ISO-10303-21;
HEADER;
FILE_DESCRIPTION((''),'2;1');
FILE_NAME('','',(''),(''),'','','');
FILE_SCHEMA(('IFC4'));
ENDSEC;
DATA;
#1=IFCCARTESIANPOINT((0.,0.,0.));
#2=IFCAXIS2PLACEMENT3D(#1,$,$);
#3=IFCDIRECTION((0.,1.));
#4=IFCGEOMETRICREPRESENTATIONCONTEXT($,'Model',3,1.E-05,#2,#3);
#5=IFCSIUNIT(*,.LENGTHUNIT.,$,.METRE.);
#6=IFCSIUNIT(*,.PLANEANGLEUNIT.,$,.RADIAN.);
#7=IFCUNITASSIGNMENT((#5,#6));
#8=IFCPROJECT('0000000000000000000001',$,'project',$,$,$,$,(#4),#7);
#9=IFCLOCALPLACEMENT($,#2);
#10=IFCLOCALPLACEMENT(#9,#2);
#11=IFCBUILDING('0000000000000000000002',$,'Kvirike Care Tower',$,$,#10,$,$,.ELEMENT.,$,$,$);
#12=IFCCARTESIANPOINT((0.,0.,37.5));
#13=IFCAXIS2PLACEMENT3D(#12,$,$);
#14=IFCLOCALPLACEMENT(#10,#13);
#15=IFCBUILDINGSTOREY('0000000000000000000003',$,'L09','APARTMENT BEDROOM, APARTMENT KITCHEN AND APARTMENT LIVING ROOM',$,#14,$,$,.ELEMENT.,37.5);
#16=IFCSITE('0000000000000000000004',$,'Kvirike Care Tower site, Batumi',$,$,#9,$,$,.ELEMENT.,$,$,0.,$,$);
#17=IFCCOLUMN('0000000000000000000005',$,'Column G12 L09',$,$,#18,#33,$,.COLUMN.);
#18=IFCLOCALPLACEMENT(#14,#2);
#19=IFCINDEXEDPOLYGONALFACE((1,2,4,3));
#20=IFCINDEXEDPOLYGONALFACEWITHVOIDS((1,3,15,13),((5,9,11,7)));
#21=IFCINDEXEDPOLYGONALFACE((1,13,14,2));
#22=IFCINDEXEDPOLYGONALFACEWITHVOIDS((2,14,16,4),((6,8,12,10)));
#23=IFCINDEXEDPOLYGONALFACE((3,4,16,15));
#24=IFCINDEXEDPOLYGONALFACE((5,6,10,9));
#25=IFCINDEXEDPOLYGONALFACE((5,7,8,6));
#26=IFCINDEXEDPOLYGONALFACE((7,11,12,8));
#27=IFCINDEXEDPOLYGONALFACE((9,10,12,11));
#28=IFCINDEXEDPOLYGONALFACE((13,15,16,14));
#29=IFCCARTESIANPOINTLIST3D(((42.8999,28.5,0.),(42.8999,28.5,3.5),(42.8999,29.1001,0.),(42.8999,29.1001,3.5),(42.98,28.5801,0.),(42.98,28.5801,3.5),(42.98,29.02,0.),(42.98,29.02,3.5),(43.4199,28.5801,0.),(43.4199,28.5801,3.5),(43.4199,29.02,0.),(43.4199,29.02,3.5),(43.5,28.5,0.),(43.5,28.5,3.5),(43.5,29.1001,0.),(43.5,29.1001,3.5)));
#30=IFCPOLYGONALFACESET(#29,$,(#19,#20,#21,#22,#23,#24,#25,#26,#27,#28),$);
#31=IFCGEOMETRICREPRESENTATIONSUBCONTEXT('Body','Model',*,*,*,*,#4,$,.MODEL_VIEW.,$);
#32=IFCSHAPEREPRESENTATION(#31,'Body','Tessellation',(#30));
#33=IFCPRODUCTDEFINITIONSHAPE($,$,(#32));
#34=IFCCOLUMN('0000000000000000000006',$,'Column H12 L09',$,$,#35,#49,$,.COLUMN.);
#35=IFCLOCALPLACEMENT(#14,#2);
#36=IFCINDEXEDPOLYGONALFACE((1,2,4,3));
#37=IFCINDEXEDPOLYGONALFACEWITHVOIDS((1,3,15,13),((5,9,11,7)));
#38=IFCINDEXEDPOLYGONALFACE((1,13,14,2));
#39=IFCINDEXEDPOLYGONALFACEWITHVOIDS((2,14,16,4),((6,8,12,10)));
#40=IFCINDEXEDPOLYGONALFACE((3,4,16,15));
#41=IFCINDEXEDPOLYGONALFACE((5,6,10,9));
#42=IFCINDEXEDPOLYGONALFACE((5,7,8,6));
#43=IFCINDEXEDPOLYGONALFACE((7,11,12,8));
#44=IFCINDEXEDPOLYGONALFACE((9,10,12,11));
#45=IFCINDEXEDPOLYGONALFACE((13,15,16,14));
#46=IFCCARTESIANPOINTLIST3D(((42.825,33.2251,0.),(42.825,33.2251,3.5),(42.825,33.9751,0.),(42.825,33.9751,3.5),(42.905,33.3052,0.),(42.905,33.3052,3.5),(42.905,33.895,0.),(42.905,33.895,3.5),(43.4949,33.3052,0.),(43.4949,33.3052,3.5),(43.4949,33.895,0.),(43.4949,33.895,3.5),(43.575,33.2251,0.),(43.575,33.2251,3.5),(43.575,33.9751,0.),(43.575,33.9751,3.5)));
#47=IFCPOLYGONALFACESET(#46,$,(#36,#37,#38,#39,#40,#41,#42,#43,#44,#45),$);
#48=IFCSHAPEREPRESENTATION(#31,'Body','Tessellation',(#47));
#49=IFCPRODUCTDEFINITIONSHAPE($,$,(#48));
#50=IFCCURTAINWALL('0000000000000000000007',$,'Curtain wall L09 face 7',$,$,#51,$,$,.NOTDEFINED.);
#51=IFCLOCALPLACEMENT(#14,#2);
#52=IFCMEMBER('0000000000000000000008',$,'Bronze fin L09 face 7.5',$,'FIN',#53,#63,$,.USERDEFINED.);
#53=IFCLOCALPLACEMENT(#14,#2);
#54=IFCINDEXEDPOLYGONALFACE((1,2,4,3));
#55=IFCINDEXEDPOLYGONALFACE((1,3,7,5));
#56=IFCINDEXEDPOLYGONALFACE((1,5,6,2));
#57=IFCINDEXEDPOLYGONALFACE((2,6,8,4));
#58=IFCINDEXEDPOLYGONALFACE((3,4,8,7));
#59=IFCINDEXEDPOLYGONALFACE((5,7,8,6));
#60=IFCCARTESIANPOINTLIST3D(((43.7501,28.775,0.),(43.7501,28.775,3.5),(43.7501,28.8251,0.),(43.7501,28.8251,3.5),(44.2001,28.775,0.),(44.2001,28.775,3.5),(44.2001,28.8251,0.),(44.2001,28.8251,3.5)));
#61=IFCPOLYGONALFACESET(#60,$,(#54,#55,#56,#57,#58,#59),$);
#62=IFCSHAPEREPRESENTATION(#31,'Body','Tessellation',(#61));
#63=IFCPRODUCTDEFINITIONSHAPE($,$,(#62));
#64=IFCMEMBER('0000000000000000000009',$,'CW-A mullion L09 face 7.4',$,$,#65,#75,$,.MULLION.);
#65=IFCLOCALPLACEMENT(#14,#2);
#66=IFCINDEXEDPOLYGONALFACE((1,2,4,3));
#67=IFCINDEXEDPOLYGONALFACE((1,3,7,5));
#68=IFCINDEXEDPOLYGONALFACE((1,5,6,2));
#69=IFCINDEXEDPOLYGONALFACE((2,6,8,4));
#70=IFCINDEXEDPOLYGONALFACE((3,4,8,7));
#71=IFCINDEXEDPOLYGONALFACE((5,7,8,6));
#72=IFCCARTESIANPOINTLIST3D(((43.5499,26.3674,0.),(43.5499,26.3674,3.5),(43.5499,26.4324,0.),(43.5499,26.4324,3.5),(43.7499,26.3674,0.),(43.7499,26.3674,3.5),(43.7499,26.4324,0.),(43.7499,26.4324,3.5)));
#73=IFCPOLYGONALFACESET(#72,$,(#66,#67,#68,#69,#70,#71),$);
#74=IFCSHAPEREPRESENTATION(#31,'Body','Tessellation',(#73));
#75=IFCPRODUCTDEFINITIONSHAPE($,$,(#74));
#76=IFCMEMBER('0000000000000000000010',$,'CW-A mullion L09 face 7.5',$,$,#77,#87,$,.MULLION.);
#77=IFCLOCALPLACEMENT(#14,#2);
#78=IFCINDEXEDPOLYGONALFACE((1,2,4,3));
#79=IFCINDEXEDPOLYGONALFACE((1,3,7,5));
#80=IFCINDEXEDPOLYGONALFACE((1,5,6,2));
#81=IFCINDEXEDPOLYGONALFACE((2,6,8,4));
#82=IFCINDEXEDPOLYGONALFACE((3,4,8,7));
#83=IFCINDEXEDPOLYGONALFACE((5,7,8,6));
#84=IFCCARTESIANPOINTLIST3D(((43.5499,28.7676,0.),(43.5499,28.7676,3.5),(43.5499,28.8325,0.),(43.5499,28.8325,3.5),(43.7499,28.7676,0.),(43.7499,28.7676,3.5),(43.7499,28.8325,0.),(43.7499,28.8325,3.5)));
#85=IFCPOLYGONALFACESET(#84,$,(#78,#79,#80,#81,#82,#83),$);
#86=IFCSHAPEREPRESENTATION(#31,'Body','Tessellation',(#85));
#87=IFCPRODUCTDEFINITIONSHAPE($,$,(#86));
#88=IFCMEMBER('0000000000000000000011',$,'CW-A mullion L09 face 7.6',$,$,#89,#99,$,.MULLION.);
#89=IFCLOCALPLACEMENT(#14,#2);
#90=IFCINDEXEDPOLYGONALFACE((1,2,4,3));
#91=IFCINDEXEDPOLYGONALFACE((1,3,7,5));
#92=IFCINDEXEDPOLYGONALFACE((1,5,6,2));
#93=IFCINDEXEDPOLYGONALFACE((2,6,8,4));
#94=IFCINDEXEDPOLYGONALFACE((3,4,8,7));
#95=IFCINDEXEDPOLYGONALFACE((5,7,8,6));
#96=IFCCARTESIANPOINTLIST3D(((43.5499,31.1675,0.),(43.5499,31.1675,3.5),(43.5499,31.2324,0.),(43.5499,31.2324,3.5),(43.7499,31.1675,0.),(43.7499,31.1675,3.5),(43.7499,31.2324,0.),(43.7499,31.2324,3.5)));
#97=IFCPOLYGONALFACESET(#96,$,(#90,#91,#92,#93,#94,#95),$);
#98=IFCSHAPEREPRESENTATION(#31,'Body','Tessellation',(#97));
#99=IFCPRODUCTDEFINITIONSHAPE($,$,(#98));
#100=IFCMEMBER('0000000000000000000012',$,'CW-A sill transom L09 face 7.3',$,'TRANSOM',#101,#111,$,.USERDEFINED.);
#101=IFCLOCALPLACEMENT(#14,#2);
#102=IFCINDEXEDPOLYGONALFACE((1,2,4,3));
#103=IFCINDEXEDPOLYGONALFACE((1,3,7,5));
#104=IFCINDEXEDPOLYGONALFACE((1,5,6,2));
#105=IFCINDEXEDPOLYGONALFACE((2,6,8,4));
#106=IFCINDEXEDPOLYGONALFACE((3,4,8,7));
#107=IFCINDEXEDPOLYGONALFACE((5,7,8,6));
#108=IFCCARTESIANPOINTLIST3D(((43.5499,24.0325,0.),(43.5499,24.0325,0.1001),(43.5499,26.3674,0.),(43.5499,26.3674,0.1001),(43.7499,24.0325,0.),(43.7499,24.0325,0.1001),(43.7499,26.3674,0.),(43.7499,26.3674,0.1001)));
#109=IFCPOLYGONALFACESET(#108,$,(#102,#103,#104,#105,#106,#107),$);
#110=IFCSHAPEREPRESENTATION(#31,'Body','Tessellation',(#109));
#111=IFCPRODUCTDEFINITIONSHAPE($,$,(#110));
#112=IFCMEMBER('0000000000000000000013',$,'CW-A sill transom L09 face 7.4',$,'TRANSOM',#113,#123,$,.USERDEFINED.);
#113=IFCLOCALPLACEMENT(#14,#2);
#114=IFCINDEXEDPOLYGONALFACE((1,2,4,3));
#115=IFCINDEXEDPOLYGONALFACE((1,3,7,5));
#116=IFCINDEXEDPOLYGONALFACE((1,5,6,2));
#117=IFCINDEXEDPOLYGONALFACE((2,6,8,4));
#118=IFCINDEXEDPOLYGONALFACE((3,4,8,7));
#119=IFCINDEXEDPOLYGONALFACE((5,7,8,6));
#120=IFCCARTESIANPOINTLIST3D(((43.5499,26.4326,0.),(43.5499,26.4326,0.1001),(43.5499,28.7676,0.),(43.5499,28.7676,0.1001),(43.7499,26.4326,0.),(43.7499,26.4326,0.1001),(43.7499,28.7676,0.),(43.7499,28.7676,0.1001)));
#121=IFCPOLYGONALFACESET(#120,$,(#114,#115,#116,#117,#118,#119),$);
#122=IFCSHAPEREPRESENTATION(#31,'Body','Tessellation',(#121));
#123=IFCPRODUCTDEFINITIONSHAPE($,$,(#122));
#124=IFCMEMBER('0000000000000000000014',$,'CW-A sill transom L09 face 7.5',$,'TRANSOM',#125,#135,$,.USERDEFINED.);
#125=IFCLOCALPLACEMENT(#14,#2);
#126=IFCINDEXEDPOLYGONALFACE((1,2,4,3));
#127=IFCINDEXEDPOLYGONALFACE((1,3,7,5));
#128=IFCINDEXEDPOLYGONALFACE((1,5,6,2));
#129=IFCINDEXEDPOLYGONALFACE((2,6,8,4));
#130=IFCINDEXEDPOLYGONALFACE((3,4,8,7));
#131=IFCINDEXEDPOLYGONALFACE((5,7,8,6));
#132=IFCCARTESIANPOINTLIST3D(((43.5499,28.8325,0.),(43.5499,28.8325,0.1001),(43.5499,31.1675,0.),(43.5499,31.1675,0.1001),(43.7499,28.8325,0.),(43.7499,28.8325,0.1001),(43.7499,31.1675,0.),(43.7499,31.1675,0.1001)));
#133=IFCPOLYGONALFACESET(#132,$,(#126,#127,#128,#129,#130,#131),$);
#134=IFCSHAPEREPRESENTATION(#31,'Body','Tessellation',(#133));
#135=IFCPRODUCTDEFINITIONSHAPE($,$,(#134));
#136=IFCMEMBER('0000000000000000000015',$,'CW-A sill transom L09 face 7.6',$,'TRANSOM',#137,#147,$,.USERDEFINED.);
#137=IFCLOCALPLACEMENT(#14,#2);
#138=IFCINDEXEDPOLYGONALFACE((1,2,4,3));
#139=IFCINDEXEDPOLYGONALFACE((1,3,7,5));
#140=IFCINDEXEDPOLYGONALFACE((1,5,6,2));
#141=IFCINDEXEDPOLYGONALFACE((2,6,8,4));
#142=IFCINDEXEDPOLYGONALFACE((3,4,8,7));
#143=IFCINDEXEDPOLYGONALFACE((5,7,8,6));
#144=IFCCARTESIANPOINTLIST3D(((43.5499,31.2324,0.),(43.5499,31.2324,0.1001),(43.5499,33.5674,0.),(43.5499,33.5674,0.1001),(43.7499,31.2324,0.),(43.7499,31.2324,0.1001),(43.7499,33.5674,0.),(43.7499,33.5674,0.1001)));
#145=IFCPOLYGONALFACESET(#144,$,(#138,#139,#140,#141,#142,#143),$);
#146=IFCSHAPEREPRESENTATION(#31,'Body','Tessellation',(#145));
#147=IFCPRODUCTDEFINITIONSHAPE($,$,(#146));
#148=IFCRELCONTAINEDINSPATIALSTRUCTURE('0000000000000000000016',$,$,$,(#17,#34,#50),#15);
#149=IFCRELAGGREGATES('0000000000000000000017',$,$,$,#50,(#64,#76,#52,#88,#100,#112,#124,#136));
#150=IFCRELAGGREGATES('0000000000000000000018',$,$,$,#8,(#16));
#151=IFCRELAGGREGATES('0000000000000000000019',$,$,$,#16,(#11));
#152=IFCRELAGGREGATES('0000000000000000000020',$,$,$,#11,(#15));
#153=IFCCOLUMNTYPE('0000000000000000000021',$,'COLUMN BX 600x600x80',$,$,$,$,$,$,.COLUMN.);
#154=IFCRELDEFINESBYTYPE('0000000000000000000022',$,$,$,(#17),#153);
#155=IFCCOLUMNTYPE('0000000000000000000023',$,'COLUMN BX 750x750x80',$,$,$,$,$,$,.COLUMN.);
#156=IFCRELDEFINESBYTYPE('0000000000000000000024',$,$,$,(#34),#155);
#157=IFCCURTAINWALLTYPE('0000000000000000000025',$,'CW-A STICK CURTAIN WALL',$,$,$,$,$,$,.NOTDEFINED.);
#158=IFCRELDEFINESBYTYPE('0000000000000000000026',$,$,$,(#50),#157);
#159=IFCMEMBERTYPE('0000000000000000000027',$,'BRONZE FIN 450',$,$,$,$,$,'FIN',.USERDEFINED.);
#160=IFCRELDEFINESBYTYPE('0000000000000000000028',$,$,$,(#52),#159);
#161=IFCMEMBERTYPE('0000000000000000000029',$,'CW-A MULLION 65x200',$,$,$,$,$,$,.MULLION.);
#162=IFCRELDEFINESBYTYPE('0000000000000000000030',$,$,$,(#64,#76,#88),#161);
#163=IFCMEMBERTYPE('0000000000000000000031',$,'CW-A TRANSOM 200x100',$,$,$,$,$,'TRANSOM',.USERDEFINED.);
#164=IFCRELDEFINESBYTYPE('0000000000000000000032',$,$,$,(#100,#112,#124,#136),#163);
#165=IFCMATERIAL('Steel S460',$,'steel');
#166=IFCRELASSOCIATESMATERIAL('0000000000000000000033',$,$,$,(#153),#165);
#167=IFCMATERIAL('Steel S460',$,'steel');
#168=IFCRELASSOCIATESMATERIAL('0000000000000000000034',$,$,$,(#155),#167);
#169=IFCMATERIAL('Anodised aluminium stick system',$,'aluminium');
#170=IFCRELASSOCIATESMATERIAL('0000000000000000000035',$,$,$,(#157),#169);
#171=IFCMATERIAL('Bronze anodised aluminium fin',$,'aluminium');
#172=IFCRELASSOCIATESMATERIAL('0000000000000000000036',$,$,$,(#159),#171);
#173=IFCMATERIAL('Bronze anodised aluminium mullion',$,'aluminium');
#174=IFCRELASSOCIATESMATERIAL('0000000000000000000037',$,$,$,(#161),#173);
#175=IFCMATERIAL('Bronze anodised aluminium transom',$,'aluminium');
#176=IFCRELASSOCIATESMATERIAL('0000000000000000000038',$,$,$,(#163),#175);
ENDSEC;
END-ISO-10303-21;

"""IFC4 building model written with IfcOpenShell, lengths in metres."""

from ifc_helpers import new_model, si_unit, direction, frame, origin, origin_2d, place, context, subcontext, project, spatial, rectangle, hollow_rectangle, extrude, material, material_profile, profile_set, type_object, element, aggregate, save


model = new_model("IFC4")

# Units and contexts
model_context = context("Model", 3, precision=1e-05, world=origin(), true_north=direction((0.0, 1.0)))
body_context = subcontext(model_context, "Body", "Model", "MODEL_VIEW")
ifc_project = project(units=[si_unit("LENGTHUNIT", "METRE"), si_unit("PLANEANGLEUNIT", "RADIAN")], contexts=[model_context])

# Site, building, storey
site_placement = place(None, origin())
site = spatial("IfcSite", under=ifc_project, at=site_placement, Name="Kvirike Care Tower site, Batumi", CompositionType="ELEMENT", RefElevation=0.0)
building_placement = place(site_placement, origin())
building = spatial("IfcBuilding", under=site, at=building_placement, Name="Kvirike Care Tower", CompositionType="ELEMENT")
storey_placement = place(building_placement, frame((0.0, 0.0, 37.5)))
storey = spatial("IfcBuildingStorey", under=building, at=storey_placement, Name="L09", Description="APARTMENT BEDROOM, APARTMENT KITCHEN AND APARTMENT LIVING ROOM", CompositionType="ELEMENT", Elevation=37.5)

# Columns
ifc_material_1 = material(Name="Steel S460", Category="steel")
ifc_material_profile_1 = material_profile(ifc_material_1, hollow_rectangle(XDim=0.6001, YDim=0.6001, WallThickness=0.0801, at=origin_2d()), Name="BX 600x600x80")
ifc_profile_set_1 = profile_set([ifc_material_profile_1], Name="Steel S460")
column_type_1 = type_object("IfcColumnType", Name="COLUMN BX 600x600x80", PredefinedType="COLUMN", material=ifc_profile_set_1)
column_1_placement = place(storey_placement, frame((43.2, 28.8, 0.0), z_axis=(0.0, 0.0, 1.0), x_axis=(0.0, 1.0, 0.0)))
element("IfcColumn", 1, at=column_1_placement, inside=storey, type_object=column_type_1, Name="Column G12 L09", PredefinedType="COLUMN", context=body_context, shape_type="SweptSolid", body=[
    extrude(hollow_rectangle(XDim=0.6001, YDim=0.6001, WallThickness=0.0801, at=origin_2d()), origin(), (0.0, 0.0, 1.0), 3.5),
])
ifc_material_2 = material(Name="Steel S460", Category="steel")
ifc_material_profile_2 = material_profile(ifc_material_2, hollow_rectangle(XDim=0.75, YDim=0.75, WallThickness=0.0801, at=origin_2d()), Name="BX 750x750x80")
ifc_profile_set_2 = profile_set([ifc_material_profile_2], Name="Steel S460")
column_type_2 = type_object("IfcColumnType", Name="COLUMN BX 750x750x80", PredefinedType="COLUMN", material=ifc_profile_set_2)
column_2_placement = place(storey_placement, frame((43.2, 33.6001, 0.0), z_axis=(0.0, 0.0, 1.0), x_axis=(1.0, 0.0, 0.0)))
element("IfcColumn", 2, at=column_2_placement, inside=storey, type_object=column_type_2, Name="Column H12 L09", PredefinedType="COLUMN", context=body_context, shape_type="SweptSolid", body=[
    extrude(hollow_rectangle(XDim=0.75, YDim=0.75, WallThickness=0.0801, at=origin_2d()), origin(), (0.0, 0.0, 1.0), 3.5),
])

# Curtain wall, members
ifc_material_3 = material(Name="Anodised aluminium stick system", Category="aluminium")
curtain_wall_type = type_object("IfcCurtainWallType", Name="CW-A STICK CURTAIN WALL", PredefinedType="NOTDEFINED", material=ifc_material_3)
curtain_wall_placement = place(storey_placement, origin())
curtain_wall = element("IfcCurtainWall", 3, at=curtain_wall_placement, inside=storey, type_object=curtain_wall_type, Name="Curtain wall L09 face 7", PredefinedType="NOTDEFINED")
ifc_material_4 = material(Name="Bronze anodised aluminium fin", Category="aluminium")
ifc_material_profile_3 = material_profile(ifc_material_4, rectangle(XDim=0.05, YDim=0.45, at=origin_2d()), Name="BRONZE FIN 450")
ifc_profile_set_3 = profile_set([ifc_material_profile_3], Name="Bronze anodised aluminium fin")
member_type_1 = type_object("IfcMemberType", Name="BRONZE FIN 450", ElementType="FIN", PredefinedType="USERDEFINED", material=ifc_profile_set_3)
member_1_placement = place(storey_placement, frame((43.9751, 28.8, 0.0), z_axis=(0.0, 0.0, 1.0), x_axis=(0.0, 1.0, 0.0)))
member_1 = element("IfcMember", 4, at=member_1_placement, type_object=member_type_1, Name="Bronze fin L09 face 7.5", ObjectType="FIN", PredefinedType="USERDEFINED", context=body_context, shape_type="SweptSolid", body=[
    extrude(rectangle(XDim=0.05, YDim=0.45, at=origin_2d()), origin(), (0.0, 0.0, 1.0), 3.5),
])
ifc_material_5 = material(Name="Bronze anodised aluminium mullion", Category="aluminium")
ifc_material_profile_4 = material_profile(ifc_material_5, rectangle(XDim=0.0649, YDim=0.2, at=origin_2d()), Name="CW-A MULLION 65x200")
ifc_profile_set_4 = profile_set([ifc_material_profile_4], Name="Bronze anodised aluminium mullion")
member_type_2 = type_object("IfcMemberType", Name="CW-A MULLION 65x200", PredefinedType="MULLION", material=ifc_profile_set_4)
member_2_placement = place(storey_placement, frame((43.6499, 26.3999, 0.0), z_axis=(0.0, 0.0, 1.0), x_axis=(0.0, 1.0, 0.0)))
member_2 = element("IfcMember", 5, at=member_2_placement, type_object=member_type_2, Name="CW-A mullion L09 face 7.4", PredefinedType="MULLION", context=body_context, shape_type="SweptSolid", body=[
    extrude(rectangle(XDim=0.0649, YDim=0.2, at=origin_2d()), origin(), (0.0, 0.0, 1.0), 3.5),
])
member_3_placement = place(storey_placement, frame((43.6499, 28.8, 0.0), z_axis=(0.0, 0.0, 1.0), x_axis=(0.0, 1.0, 0.0)))
member_3 = element("IfcMember", 6, at=member_3_placement, type_object=member_type_2, Name="CW-A mullion L09 face 7.5", PredefinedType="MULLION", context=body_context, shape_type="SweptSolid", body=[
    extrude(rectangle(XDim=0.0649, YDim=0.2, at=origin_2d()), origin(), (0.0, 0.0, 1.0), 3.5),
])
member_4_placement = place(storey_placement, frame((43.6499, 31.2, 0.0), z_axis=(0.0, 0.0, 1.0), x_axis=(0.0, 1.0, 0.0)))
member_4 = element("IfcMember", 7, at=member_4_placement, type_object=member_type_2, Name="CW-A mullion L09 face 7.6", PredefinedType="MULLION", context=body_context, shape_type="SweptSolid", body=[
    extrude(rectangle(XDim=0.0649, YDim=0.2, at=origin_2d()), origin(), (0.0, 0.0, 1.0), 3.5),
])
ifc_material_6 = material(Name="Bronze anodised aluminium transom", Category="aluminium")
ifc_material_profile_5 = material_profile(ifc_material_6, rectangle(XDim=0.2, YDim=0.1001, at=origin_2d()), Name="CW-A TRANSOM 200x100")
ifc_profile_set_5 = profile_set([ifc_material_profile_5], Name="Bronze anodised aluminium transom")
member_type_3 = type_object("IfcMemberType", Name="CW-A TRANSOM 200x100", ElementType="TRANSOM", PredefinedType="USERDEFINED", material=ifc_profile_set_5)
member_5_placement = place(storey_placement, frame((43.6499, 24.0325, 0.05), z_axis=(0.0, 1.0, 0.0), x_axis=(-1.0, 0.0, 0.0)))
member_5 = element("IfcMember", 8, at=member_5_placement, type_object=member_type_3, Name="CW-A sill transom L09 face 7.3", ObjectType="TRANSOM", PredefinedType="USERDEFINED", context=body_context, shape_type="SweptSolid", body=[
    extrude(rectangle(XDim=0.2, YDim=0.1001, at=origin_2d()), origin(), (0.0, 0.0, 1.0), 2.335),
])
member_6_placement = place(storey_placement, frame((43.6499, 26.4326, 0.05), z_axis=(0.0, 1.0, 0.0), x_axis=(-1.0, 0.0, 0.0)))
member_6 = element("IfcMember", 9, at=member_6_placement, type_object=member_type_3, Name="CW-A sill transom L09 face 7.4", ObjectType="TRANSOM", PredefinedType="USERDEFINED", context=body_context, shape_type="SweptSolid", body=[
    extrude(rectangle(XDim=0.2, YDim=0.1001, at=origin_2d()), origin(), (0.0, 0.0, 1.0), 2.335),
])
member_7_placement = place(storey_placement, frame((43.6499, 28.8325, 0.05), z_axis=(0.0, 1.0, 0.0), x_axis=(-1.0, 0.0, 0.0)))
member_7 = element("IfcMember", 10, at=member_7_placement, type_object=member_type_3, Name="CW-A sill transom L09 face 7.5", ObjectType="TRANSOM", PredefinedType="USERDEFINED", context=body_context, shape_type="SweptSolid", body=[
    extrude(rectangle(XDim=0.2, YDim=0.1001, at=origin_2d()), origin(), (0.0, 0.0, 1.0), 2.335),
])
member_8_placement = place(storey_placement, frame((43.6499, 31.2324, 0.05), z_axis=(0.0, 1.0, 0.0), x_axis=(-1.0, 0.0, 0.0)))
member_8 = element("IfcMember", 11, at=member_8_placement, type_object=member_type_3, Name="CW-A sill transom L09 face 7.6", ObjectType="TRANSOM", PredefinedType="USERDEFINED", context=body_context, shape_type="SweptSolid", body=[
    extrude(rectangle(XDim=0.2, YDim=0.1001, at=origin_2d()), origin(), (0.0, 0.0, 1.0), 2.335),
])

aggregate(curtain_wall, [member_2, member_3, member_1, member_4, member_5, member_6, member_7, member_8])

save(model, "model.ifc")
